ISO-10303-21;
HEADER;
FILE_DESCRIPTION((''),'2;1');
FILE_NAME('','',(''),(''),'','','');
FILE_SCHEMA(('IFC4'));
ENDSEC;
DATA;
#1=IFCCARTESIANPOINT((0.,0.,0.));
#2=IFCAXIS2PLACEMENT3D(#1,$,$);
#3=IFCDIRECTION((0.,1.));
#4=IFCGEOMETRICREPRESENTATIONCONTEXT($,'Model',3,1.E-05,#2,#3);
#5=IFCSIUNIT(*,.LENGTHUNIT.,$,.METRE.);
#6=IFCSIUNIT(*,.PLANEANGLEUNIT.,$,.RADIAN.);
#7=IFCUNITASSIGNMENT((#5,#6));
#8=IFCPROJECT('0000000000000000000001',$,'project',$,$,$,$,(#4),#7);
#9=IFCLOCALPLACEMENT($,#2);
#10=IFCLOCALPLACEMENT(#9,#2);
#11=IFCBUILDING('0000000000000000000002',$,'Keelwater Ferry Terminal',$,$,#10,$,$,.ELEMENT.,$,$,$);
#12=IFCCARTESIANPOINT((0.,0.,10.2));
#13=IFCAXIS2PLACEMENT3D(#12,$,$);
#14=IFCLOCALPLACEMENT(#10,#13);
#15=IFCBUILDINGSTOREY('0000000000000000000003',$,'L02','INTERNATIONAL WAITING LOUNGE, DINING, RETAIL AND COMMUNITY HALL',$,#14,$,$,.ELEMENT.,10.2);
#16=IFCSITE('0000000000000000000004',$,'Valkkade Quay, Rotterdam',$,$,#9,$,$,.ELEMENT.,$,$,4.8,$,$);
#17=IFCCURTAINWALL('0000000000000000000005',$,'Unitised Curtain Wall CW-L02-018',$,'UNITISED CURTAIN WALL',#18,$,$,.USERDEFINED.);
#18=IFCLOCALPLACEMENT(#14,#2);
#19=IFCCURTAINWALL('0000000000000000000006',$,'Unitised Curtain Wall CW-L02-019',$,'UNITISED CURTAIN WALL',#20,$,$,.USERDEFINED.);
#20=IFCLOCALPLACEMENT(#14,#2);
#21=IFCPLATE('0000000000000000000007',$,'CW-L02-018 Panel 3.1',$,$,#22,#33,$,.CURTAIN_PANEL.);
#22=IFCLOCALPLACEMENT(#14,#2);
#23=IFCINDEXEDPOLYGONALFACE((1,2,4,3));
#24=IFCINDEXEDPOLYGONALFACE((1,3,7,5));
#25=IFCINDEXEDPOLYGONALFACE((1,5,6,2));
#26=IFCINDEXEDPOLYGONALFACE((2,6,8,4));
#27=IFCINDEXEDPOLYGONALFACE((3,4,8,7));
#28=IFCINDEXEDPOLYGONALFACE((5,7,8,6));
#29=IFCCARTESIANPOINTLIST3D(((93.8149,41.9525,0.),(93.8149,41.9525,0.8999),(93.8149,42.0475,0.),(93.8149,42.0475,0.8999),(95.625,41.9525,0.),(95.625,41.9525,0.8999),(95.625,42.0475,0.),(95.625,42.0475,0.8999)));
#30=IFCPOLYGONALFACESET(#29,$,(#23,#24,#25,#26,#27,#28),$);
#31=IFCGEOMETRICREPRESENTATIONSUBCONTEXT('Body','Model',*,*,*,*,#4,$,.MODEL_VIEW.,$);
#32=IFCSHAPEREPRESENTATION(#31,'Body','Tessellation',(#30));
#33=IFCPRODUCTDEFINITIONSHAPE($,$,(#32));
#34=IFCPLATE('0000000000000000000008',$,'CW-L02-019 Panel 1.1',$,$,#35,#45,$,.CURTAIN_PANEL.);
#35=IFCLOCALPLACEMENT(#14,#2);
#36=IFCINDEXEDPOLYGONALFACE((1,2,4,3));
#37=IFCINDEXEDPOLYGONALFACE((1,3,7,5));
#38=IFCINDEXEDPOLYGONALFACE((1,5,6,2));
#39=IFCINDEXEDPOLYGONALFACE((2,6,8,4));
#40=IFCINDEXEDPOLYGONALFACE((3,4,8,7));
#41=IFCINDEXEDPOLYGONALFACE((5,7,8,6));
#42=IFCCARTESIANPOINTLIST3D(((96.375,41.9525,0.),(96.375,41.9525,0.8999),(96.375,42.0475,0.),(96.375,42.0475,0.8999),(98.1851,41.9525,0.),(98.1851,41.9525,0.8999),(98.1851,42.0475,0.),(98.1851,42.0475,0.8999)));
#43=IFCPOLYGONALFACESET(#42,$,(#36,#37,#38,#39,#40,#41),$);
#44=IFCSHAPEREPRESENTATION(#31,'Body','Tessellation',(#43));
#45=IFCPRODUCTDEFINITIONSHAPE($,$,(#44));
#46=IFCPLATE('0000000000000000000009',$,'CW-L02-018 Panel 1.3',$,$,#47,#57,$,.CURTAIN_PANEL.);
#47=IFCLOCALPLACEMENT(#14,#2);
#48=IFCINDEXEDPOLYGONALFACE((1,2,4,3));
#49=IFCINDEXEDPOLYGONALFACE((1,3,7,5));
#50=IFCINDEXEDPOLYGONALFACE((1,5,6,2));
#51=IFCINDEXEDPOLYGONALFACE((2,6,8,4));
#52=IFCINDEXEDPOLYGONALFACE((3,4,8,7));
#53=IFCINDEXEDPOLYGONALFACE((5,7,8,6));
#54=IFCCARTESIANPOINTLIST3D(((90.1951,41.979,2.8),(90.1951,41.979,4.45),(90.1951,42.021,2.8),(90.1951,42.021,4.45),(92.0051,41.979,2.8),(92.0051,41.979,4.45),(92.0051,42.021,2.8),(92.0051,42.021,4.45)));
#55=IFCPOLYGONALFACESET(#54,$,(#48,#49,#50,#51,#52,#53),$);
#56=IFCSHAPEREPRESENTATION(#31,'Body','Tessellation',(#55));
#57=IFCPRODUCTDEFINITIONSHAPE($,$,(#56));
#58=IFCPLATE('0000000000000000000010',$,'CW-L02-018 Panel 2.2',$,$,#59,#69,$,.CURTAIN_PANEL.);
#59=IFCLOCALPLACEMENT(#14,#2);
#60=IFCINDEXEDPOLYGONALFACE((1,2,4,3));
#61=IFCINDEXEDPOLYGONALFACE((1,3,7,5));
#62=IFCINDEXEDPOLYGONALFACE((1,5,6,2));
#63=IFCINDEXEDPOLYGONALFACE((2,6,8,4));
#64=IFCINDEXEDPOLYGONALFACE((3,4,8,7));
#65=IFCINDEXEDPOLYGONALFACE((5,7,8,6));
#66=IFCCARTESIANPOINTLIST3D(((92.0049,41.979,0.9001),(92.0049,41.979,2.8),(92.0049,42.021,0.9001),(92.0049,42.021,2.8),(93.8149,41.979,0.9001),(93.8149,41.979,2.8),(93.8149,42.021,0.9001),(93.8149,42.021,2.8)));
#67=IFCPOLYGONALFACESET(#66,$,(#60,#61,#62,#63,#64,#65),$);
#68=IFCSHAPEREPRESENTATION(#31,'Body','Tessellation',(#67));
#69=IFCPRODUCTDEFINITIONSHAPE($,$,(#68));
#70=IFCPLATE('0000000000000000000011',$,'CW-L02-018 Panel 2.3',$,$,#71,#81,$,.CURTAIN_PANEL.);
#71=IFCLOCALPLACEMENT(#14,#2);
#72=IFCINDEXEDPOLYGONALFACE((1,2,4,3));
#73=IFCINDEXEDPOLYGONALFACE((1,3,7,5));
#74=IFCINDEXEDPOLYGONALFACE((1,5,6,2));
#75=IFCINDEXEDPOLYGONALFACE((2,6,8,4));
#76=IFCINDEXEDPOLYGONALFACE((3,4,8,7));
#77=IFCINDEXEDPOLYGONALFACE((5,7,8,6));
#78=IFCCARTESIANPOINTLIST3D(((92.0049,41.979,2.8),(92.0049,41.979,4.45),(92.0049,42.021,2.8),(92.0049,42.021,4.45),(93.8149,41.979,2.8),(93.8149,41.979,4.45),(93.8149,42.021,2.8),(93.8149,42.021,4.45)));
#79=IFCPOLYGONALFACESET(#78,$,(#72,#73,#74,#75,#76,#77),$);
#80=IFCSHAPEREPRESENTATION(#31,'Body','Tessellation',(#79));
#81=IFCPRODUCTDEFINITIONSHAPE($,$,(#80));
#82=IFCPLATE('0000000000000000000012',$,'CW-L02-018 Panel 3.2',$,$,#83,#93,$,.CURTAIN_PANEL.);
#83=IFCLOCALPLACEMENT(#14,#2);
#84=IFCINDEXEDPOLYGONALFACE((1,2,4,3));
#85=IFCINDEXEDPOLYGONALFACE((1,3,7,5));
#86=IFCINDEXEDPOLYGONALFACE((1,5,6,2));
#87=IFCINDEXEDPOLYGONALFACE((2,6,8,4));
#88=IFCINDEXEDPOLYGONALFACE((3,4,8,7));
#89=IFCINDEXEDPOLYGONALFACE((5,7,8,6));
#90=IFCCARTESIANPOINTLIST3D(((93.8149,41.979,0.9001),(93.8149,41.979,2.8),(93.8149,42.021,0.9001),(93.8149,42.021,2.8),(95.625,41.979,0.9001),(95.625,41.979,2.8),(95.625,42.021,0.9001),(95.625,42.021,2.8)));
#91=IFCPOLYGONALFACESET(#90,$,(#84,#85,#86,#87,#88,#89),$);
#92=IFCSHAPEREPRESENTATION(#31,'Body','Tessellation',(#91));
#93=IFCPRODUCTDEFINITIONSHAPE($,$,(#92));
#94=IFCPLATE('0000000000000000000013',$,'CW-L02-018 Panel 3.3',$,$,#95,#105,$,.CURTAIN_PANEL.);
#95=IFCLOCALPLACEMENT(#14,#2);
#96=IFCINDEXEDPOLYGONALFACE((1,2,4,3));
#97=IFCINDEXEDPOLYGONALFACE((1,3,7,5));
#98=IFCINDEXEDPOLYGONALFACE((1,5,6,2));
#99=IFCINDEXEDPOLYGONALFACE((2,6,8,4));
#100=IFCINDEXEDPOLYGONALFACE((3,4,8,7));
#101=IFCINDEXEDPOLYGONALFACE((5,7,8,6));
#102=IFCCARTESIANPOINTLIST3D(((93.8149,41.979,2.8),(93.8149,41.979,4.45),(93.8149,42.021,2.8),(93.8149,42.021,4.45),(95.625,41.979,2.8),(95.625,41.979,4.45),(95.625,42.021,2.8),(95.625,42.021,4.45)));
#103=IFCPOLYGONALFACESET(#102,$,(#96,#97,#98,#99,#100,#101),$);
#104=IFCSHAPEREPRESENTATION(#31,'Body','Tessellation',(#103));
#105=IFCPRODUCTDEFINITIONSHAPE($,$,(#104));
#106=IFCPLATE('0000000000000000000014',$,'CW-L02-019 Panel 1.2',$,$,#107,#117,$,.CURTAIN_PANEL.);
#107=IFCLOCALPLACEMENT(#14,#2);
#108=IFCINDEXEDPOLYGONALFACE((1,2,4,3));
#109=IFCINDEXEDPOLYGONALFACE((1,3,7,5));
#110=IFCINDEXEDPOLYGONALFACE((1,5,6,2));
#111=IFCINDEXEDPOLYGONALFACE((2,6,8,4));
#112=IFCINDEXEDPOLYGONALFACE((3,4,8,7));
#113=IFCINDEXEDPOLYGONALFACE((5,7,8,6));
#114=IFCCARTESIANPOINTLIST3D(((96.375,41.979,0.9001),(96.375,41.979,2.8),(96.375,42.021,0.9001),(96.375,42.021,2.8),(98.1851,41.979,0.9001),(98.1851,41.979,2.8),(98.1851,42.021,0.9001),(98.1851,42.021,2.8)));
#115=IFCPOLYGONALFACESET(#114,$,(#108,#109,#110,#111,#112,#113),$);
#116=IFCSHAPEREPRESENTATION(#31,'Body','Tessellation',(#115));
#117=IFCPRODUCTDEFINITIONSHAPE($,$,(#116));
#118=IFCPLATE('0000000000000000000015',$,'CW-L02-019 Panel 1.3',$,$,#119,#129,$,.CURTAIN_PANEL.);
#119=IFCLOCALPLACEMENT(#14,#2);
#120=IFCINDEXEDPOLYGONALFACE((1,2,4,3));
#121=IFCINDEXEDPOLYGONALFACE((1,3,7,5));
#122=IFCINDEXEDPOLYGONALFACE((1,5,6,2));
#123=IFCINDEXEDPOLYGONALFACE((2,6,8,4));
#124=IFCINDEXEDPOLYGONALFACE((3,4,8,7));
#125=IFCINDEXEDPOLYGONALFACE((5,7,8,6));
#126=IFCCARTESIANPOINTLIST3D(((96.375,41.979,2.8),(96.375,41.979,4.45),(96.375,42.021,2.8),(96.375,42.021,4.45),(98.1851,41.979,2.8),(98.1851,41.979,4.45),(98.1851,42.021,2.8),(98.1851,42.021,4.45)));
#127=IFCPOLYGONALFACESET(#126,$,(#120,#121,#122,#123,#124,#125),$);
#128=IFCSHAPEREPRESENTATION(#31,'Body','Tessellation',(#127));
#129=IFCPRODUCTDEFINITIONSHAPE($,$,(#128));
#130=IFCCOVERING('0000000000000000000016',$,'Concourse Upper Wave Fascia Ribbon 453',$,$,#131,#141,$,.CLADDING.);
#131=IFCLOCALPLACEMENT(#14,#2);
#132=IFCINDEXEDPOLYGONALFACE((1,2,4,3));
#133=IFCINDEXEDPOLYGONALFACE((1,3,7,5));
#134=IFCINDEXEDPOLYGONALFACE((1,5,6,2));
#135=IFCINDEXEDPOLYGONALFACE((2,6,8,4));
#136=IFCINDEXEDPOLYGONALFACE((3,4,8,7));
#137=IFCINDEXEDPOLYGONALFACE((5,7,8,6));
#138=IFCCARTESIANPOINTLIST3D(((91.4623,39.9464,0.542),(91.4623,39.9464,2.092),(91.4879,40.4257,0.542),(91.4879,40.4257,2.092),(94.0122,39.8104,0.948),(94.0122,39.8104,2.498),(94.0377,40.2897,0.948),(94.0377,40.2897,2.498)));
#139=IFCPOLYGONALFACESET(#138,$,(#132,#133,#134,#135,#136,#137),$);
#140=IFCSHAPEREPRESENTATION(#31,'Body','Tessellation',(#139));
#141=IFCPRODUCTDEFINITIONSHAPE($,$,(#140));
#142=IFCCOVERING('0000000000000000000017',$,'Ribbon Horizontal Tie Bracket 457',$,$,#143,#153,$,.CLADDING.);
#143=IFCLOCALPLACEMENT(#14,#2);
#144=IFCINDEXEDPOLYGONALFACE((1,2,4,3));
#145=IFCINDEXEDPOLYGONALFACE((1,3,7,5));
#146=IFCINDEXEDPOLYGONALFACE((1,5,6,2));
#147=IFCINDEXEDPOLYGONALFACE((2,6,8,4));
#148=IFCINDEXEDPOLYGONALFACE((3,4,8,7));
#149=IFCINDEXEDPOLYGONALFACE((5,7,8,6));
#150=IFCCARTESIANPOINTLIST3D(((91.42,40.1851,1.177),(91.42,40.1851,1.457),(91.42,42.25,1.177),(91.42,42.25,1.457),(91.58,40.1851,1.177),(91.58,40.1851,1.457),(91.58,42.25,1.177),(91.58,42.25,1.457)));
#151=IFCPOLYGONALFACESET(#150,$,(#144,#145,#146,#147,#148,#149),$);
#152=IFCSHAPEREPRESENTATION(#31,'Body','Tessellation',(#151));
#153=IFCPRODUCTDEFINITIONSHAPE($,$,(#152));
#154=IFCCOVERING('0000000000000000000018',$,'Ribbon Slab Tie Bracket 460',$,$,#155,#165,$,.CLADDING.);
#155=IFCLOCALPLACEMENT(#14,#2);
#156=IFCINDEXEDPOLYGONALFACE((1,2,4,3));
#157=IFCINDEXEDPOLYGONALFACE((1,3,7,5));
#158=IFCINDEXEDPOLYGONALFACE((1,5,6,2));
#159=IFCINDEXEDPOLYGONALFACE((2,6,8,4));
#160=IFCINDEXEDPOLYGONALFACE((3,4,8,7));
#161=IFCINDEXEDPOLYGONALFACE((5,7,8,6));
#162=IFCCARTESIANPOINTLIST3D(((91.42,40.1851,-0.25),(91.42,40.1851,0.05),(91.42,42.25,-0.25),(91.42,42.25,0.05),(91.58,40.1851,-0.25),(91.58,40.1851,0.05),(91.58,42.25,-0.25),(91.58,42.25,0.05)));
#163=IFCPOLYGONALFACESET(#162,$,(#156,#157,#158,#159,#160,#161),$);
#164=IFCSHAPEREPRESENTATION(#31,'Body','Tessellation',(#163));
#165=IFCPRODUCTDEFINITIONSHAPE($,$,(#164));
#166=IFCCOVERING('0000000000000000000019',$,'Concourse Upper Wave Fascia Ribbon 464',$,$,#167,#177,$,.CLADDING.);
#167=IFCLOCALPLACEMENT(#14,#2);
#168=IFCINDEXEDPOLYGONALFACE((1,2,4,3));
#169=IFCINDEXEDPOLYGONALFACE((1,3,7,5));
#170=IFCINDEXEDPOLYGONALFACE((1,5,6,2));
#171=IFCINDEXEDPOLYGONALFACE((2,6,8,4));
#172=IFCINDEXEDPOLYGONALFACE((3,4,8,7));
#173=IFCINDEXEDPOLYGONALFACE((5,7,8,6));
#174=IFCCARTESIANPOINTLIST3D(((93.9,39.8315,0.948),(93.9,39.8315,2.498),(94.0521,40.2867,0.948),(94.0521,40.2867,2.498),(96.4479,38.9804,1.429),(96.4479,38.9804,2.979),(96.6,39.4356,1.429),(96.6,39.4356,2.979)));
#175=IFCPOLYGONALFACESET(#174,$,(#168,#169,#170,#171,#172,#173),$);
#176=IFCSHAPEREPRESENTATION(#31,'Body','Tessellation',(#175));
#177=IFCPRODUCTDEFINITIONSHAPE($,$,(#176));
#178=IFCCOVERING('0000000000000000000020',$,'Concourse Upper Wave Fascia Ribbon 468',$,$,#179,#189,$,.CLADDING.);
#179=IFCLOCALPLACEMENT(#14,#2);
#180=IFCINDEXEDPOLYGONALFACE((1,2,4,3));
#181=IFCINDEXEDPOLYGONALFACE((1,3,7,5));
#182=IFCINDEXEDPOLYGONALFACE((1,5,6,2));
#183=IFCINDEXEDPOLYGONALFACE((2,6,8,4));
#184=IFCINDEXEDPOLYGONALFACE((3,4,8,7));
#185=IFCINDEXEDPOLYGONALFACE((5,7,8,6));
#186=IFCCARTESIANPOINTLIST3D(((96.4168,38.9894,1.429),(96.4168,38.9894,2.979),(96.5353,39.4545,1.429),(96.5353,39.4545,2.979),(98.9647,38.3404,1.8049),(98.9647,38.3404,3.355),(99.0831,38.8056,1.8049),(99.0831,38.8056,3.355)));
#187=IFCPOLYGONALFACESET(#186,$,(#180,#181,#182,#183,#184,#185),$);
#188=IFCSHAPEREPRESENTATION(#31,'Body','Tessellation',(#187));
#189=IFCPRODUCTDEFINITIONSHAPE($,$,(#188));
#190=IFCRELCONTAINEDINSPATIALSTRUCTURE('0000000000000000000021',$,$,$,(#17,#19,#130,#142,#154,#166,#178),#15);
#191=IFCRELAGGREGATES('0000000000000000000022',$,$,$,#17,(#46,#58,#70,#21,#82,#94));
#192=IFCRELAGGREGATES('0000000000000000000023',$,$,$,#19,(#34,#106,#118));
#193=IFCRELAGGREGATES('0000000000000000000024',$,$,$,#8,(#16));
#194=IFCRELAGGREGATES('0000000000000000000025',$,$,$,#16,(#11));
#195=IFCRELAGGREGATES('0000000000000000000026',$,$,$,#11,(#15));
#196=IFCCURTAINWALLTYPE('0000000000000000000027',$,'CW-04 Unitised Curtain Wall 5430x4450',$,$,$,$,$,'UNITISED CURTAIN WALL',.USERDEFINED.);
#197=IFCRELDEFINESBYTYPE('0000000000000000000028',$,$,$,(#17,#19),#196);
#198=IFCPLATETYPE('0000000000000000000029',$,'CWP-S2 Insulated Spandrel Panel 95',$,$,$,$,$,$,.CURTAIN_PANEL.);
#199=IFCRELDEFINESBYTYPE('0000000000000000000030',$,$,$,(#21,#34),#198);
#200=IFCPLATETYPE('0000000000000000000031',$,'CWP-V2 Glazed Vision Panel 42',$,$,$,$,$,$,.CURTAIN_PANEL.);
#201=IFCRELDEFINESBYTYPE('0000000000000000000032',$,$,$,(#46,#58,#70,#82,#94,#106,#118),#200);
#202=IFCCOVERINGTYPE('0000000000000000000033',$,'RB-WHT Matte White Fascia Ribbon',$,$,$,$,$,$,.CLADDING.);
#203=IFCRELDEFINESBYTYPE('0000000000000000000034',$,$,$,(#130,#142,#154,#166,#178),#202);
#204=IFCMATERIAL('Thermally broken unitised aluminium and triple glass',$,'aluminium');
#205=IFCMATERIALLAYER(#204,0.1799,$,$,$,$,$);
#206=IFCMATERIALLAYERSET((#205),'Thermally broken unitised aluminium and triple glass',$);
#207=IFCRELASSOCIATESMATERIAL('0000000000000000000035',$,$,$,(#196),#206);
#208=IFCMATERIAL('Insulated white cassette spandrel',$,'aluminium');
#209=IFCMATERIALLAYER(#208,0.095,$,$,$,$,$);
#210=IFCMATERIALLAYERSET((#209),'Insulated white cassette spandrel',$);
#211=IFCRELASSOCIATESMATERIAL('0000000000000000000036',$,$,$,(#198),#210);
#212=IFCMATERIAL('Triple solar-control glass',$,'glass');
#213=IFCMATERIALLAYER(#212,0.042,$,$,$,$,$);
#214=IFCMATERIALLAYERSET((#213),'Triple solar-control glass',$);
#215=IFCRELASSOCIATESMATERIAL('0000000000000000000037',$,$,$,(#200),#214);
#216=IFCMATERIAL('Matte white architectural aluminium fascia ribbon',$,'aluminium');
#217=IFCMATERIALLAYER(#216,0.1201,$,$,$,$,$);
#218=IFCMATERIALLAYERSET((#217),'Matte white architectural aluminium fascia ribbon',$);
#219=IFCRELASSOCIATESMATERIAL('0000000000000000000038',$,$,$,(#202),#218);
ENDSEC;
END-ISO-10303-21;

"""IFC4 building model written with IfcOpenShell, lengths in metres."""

from ifc_helpers import new_model, si_unit, direction, frame, frame_2d, origin, origin_2d, place, context, subcontext, project, spatial, polyline, rectangle, outline, extrude, material, layer, layer_set, type_object, element, aggregate, save


model = new_model("IFC4")

# Units and contexts
model_context = context("Model", 3, precision=1e-05, world=origin(), true_north=direction((0.0, 1.0)))
body_context = subcontext(model_context, "Body", "Model", "MODEL_VIEW")
ifc_project = project(units=[si_unit("LENGTHUNIT", "METRE"), si_unit("PLANEANGLEUNIT", "RADIAN")], contexts=[model_context])

# Site, building, storey
site_placement = place(None, origin())
site = spatial("IfcSite", under=ifc_project, at=site_placement, Name="Valkkade Quay, Rotterdam", CompositionType="ELEMENT", RefElevation=4.8)
building_placement = place(site_placement, origin())
building = spatial("IfcBuilding", under=site, at=building_placement, Name="Keelwater Ferry Terminal", CompositionType="ELEMENT")
storey_placement = place(building_placement, frame((0.0, 0.0, 10.2)))
storey = spatial("IfcBuildingStorey", under=building, at=storey_placement, Name="L02", Description="INTERNATIONAL WAITING LOUNGE, DINING, RETAIL AND COMMUNITY HALL", CompositionType="ELEMENT", Elevation=10.2)

# Curtain walls
ifc_material_1 = material(Name="Thermally broken unitised aluminium and triple glass", Category="aluminium")
ifc_layer_1 = layer(ifc_material_1, 0.1799)
ifc_layer_set_1 = layer_set([ifc_layer_1], Name="Thermally broken unitised aluminium and triple glass")
curtain_wall_type = type_object("IfcCurtainWallType", Name="CW-04 Unitised Curtain Wall 5430x4450", ElementType="UNITISED CURTAIN WALL", PredefinedType="USERDEFINED", material=ifc_layer_set_1)
curtain_wall_1_placement = place(storey_placement, origin())
curtain_wall_1 = element("IfcCurtainWall", 1, at=curtain_wall_1_placement, inside=storey, type_object=curtain_wall_type, Name="Unitised Curtain Wall CW-L02-018", ObjectType="UNITISED CURTAIN WALL", PredefinedType="USERDEFINED")
curtain_wall_2_placement = place(storey_placement, origin())
curtain_wall_2 = element("IfcCurtainWall", 2, at=curtain_wall_2_placement, inside=storey, type_object=curtain_wall_type, Name="Unitised Curtain Wall CW-L02-019", ObjectType="UNITISED CURTAIN WALL", PredefinedType="USERDEFINED")

# Plates
ifc_material_2 = material(Name="Insulated white cassette spandrel", Category="aluminium")
ifc_layer_2 = layer(ifc_material_2, 0.095)
ifc_layer_set_2 = layer_set([ifc_layer_2], Name="Insulated white cassette spandrel")
plate_type_1 = type_object("IfcPlateType", Name="CWP-S2 Insulated Spandrel Panel 95", PredefinedType="CURTAIN_PANEL", material=ifc_layer_set_2)
plate_1_placement = place(storey_placement, frame((94.72, 42.0, 0.0), z_axis=(0.0, 0.0, 1.0), x_axis=(1.0, 0.0, 0.0)))
plate_1 = element("IfcPlate", 3, at=plate_1_placement, type_object=plate_type_1, Name="CW-L02-018 Panel 3.1", PredefinedType="CURTAIN_PANEL", context=body_context, shape_type="SweptSolid", body=[
    extrude(rectangle(XDim=1.8101, YDim=0.095, at=origin_2d()), origin(), (0.0, 0.0, 1.0), 0.8999),
])
plate_2_placement = place(storey_placement, frame((97.28, 42.0, 0.0), z_axis=(0.0, 0.0, 1.0), x_axis=(1.0, 0.0, 0.0)))
plate_2 = element("IfcPlate", 4, at=plate_2_placement, type_object=plate_type_1, Name="CW-L02-019 Panel 1.1", PredefinedType="CURTAIN_PANEL", context=body_context, shape_type="SweptSolid", body=[
    extrude(rectangle(XDim=1.8101, YDim=0.095, at=origin_2d()), origin(), (0.0, 0.0, 1.0), 0.8999),
])
ifc_material_3 = material(Name="Triple solar-control glass", Category="glass")
ifc_layer_3 = layer(ifc_material_3, 0.042)
ifc_layer_set_3 = layer_set([ifc_layer_3], Name="Triple solar-control glass")
plate_type_2 = type_object("IfcPlateType", Name="CWP-V2 Glazed Vision Panel 42", PredefinedType="CURTAIN_PANEL", material=ifc_layer_set_3)
plate_3_placement = place(storey_placement, frame((91.1001, 42.0, 2.8), z_axis=(0.0, 0.0, 1.0), x_axis=(1.0, 0.0, 0.0)))
plate_3 = element("IfcPlate", 5, at=plate_3_placement, type_object=plate_type_2, Name="CW-L02-018 Panel 1.3", PredefinedType="CURTAIN_PANEL", context=body_context, shape_type="SweptSolid", body=[
    extrude(rectangle(XDim=1.8101, YDim=0.042, at=origin_2d()), origin(), (0.0, 0.0, 1.0), 1.6499),
])
plate_4_placement = place(storey_placement, frame((92.9099, 42.0, 0.9001), z_axis=(0.0, 0.0, 1.0), x_axis=(1.0, 0.0, 0.0)))
plate_4 = element("IfcPlate", 6, at=plate_4_placement, type_object=plate_type_2, Name="CW-L02-018 Panel 2.2", PredefinedType="CURTAIN_PANEL", context=body_context, shape_type="SweptSolid", body=[
    extrude(rectangle(XDim=1.8101, YDim=0.042, at=origin_2d()), origin(), (0.0, 0.0, 1.0), 1.8999),
])
plate_5_placement = place(storey_placement, frame((92.9099, 42.0, 2.8), z_axis=(0.0, 0.0, 1.0), x_axis=(1.0, 0.0, 0.0)))
plate_5 = element("IfcPlate", 7, at=plate_5_placement, type_object=plate_type_2, Name="CW-L02-018 Panel 2.3", PredefinedType="CURTAIN_PANEL", context=body_context, shape_type="SweptSolid", body=[
    extrude(rectangle(XDim=1.8101, YDim=0.042, at=origin_2d()), origin(), (0.0, 0.0, 1.0), 1.6499),
])
plate_6_placement = place(storey_placement, frame((94.72, 42.0, 0.9001), z_axis=(0.0, 0.0, 1.0), x_axis=(1.0, 0.0, 0.0)))
plate_6 = element("IfcPlate", 8, at=plate_6_placement, type_object=plate_type_2, Name="CW-L02-018 Panel 3.2", PredefinedType="CURTAIN_PANEL", context=body_context, shape_type="SweptSolid", body=[
    extrude(rectangle(XDim=1.8101, YDim=0.042, at=origin_2d()), origin(), (0.0, 0.0, 1.0), 1.8999),
])
plate_7_placement = place(storey_placement, frame((94.72, 42.0, 2.8), z_axis=(0.0, 0.0, 1.0), x_axis=(1.0, 0.0, 0.0)))
plate_7 = element("IfcPlate", 9, at=plate_7_placement, type_object=plate_type_2, Name="CW-L02-018 Panel 3.3", PredefinedType="CURTAIN_PANEL", context=body_context, shape_type="SweptSolid", body=[
    extrude(rectangle(XDim=1.8101, YDim=0.042, at=origin_2d()), origin(), (0.0, 0.0, 1.0), 1.6499),
])
aggregate(curtain_wall_1, [plate_3, plate_4, plate_5, plate_1, plate_6, plate_7])
plate_8_placement = place(storey_placement, frame((97.28, 42.0, 0.9001), z_axis=(0.0, 0.0, 1.0), x_axis=(1.0, 0.0, 0.0)))
plate_8 = element("IfcPlate", 10, at=plate_8_placement, type_object=plate_type_2, Name="CW-L02-019 Panel 1.2", PredefinedType="CURTAIN_PANEL", context=body_context, shape_type="SweptSolid", body=[
    extrude(rectangle(XDim=1.8101, YDim=0.042, at=origin_2d()), origin(), (0.0, 0.0, 1.0), 1.8999),
])
plate_9_placement = place(storey_placement, frame((97.28, 42.0, 2.8), z_axis=(0.0, 0.0, 1.0), x_axis=(1.0, 0.0, 0.0)))
plate_9 = element("IfcPlate", 11, at=plate_9_placement, type_object=plate_type_2, Name="CW-L02-019 Panel 1.3", PredefinedType="CURTAIN_PANEL", context=body_context, shape_type="SweptSolid", body=[
    extrude(rectangle(XDim=1.8101, YDim=0.042, at=origin_2d()), origin(), (0.0, 0.0, 1.0), 1.6499),
])
aggregate(curtain_wall_2, [plate_2, plate_8, plate_9])

# Coverings
ifc_material_4 = material(Name="Matte white architectural aluminium fascia ribbon", Category="aluminium")
ifc_layer_4 = layer(ifc_material_4, 0.1201)
ifc_layer_set_4 = layer_set([ifc_layer_4], Name="Matte white architectural aluminium fascia ribbon")
covering_type = type_object("IfcCoveringType", Name="RB-WHT Matte White Fascia Ribbon", PredefinedType="CLADDING", material=ifc_layer_set_4)
covering_1_placement = place(storey_placement, frame((91.4751, 40.186, 0.542), z_axis=(0.0, 0.0, 1.0), x_axis=(0.998581, -0.053256, 0.0)))
element("IfcCovering", 12, at=covering_1_placement, inside=storey, type_object=covering_type, Name="Concourse Upper Wave Fascia Ribbon 453", PredefinedType="CLADDING", context=body_context, shape_type="SweptSolid", body=[
    extrude(outline(polyline([(0.0, 0.0), (2.5535, 0.406), (2.5535, 1.9561), (0.0, 1.55), (0.0, 0.0)])), frame((0.0, 0.24, 0.0), z_axis=(0.0, -1.0, 0.0), x_axis=(1.0, 0.0, 0.0)), (0.0, 0.0, 1.0), 0.48),
])
covering_2_placement = place(storey_placement, frame((91.5, 40.1851, 1.177), z_axis=(0.0, 0.0, 1.0), x_axis=(0.0, 1.0, 0.0)))
element("IfcCovering", 13, at=covering_2_placement, inside=storey, type_object=covering_type, Name="Ribbon Horizontal Tie Bracket 457", PredefinedType="CLADDING", context=body_context, shape_type="SweptSolid", body=[
    extrude(rectangle(XDim=2.0649, YDim=0.1599, at=frame_2d((1.0325, 0.0))), origin(), (0.0, 0.0, 1.0), 0.28),
])
covering_3_placement = place(storey_placement, frame((91.5, 40.1851, -0.25), z_axis=(0.0, 0.0, 1.0), x_axis=(0.0, 1.0, 0.0)))
element("IfcCovering", 14, at=covering_3_placement, inside=storey, type_object=covering_type, Name="Ribbon Slab Tie Bracket 460", PredefinedType="CLADDING", context=body_context, shape_type="SweptSolid", body=[
    extrude(rectangle(XDim=2.0649, YDim=0.1599, at=frame_2d((1.0325, 0.0))), origin(), (0.0, 0.0, 1.0), 0.3),
])
covering_4_placement = place(storey_placement, frame((93.9761, 40.0591, 0.948), z_axis=(0.0, 0.0, 1.0), x_axis=(0.948483, -0.316828, 0.0)))
element("IfcCovering", 15, at=covering_4_placement, inside=storey, type_object=covering_type, Name="Concourse Upper Wave Fascia Ribbon 464", PredefinedType="CLADDING", context=body_context, shape_type="SweptSolid", body=[
    extrude(outline(polyline([(0.0, 0.0), (2.6863, 0.481), (2.6863, 2.031), (0.0, 1.55), (0.0, 0.0)])), frame((0.0, 0.24, 0.0), z_axis=(0.0, -1.0, 0.0), x_axis=(1.0, 0.0, 0.0)), (0.0, 0.0, 1.0), 0.48),
])
covering_5_placement = place(storey_placement, frame((96.4761, 39.2219, 1.429), z_axis=(0.0, 0.0, 1.0), x_axis=(0.969062, -0.246816, 0.0)))
element("IfcCovering", 16, at=covering_5_placement, inside=storey, type_object=covering_type, Name="Concourse Upper Wave Fascia Ribbon 468", PredefinedType="CLADDING", context=body_context, shape_type="SweptSolid", body=[
    extrude(outline(polyline([(0.0, 0.0), (2.6292, 0.376), (2.6292, 1.926), (0.0, 1.55), (0.0, 0.0)])), frame((0.0, 0.24, 0.0), z_axis=(0.0, -1.0, 0.0), x_axis=(1.0, 0.0, 0.0)), (0.0, 0.0, 1.0), 0.48),
])

save(model, "model.ifc")
